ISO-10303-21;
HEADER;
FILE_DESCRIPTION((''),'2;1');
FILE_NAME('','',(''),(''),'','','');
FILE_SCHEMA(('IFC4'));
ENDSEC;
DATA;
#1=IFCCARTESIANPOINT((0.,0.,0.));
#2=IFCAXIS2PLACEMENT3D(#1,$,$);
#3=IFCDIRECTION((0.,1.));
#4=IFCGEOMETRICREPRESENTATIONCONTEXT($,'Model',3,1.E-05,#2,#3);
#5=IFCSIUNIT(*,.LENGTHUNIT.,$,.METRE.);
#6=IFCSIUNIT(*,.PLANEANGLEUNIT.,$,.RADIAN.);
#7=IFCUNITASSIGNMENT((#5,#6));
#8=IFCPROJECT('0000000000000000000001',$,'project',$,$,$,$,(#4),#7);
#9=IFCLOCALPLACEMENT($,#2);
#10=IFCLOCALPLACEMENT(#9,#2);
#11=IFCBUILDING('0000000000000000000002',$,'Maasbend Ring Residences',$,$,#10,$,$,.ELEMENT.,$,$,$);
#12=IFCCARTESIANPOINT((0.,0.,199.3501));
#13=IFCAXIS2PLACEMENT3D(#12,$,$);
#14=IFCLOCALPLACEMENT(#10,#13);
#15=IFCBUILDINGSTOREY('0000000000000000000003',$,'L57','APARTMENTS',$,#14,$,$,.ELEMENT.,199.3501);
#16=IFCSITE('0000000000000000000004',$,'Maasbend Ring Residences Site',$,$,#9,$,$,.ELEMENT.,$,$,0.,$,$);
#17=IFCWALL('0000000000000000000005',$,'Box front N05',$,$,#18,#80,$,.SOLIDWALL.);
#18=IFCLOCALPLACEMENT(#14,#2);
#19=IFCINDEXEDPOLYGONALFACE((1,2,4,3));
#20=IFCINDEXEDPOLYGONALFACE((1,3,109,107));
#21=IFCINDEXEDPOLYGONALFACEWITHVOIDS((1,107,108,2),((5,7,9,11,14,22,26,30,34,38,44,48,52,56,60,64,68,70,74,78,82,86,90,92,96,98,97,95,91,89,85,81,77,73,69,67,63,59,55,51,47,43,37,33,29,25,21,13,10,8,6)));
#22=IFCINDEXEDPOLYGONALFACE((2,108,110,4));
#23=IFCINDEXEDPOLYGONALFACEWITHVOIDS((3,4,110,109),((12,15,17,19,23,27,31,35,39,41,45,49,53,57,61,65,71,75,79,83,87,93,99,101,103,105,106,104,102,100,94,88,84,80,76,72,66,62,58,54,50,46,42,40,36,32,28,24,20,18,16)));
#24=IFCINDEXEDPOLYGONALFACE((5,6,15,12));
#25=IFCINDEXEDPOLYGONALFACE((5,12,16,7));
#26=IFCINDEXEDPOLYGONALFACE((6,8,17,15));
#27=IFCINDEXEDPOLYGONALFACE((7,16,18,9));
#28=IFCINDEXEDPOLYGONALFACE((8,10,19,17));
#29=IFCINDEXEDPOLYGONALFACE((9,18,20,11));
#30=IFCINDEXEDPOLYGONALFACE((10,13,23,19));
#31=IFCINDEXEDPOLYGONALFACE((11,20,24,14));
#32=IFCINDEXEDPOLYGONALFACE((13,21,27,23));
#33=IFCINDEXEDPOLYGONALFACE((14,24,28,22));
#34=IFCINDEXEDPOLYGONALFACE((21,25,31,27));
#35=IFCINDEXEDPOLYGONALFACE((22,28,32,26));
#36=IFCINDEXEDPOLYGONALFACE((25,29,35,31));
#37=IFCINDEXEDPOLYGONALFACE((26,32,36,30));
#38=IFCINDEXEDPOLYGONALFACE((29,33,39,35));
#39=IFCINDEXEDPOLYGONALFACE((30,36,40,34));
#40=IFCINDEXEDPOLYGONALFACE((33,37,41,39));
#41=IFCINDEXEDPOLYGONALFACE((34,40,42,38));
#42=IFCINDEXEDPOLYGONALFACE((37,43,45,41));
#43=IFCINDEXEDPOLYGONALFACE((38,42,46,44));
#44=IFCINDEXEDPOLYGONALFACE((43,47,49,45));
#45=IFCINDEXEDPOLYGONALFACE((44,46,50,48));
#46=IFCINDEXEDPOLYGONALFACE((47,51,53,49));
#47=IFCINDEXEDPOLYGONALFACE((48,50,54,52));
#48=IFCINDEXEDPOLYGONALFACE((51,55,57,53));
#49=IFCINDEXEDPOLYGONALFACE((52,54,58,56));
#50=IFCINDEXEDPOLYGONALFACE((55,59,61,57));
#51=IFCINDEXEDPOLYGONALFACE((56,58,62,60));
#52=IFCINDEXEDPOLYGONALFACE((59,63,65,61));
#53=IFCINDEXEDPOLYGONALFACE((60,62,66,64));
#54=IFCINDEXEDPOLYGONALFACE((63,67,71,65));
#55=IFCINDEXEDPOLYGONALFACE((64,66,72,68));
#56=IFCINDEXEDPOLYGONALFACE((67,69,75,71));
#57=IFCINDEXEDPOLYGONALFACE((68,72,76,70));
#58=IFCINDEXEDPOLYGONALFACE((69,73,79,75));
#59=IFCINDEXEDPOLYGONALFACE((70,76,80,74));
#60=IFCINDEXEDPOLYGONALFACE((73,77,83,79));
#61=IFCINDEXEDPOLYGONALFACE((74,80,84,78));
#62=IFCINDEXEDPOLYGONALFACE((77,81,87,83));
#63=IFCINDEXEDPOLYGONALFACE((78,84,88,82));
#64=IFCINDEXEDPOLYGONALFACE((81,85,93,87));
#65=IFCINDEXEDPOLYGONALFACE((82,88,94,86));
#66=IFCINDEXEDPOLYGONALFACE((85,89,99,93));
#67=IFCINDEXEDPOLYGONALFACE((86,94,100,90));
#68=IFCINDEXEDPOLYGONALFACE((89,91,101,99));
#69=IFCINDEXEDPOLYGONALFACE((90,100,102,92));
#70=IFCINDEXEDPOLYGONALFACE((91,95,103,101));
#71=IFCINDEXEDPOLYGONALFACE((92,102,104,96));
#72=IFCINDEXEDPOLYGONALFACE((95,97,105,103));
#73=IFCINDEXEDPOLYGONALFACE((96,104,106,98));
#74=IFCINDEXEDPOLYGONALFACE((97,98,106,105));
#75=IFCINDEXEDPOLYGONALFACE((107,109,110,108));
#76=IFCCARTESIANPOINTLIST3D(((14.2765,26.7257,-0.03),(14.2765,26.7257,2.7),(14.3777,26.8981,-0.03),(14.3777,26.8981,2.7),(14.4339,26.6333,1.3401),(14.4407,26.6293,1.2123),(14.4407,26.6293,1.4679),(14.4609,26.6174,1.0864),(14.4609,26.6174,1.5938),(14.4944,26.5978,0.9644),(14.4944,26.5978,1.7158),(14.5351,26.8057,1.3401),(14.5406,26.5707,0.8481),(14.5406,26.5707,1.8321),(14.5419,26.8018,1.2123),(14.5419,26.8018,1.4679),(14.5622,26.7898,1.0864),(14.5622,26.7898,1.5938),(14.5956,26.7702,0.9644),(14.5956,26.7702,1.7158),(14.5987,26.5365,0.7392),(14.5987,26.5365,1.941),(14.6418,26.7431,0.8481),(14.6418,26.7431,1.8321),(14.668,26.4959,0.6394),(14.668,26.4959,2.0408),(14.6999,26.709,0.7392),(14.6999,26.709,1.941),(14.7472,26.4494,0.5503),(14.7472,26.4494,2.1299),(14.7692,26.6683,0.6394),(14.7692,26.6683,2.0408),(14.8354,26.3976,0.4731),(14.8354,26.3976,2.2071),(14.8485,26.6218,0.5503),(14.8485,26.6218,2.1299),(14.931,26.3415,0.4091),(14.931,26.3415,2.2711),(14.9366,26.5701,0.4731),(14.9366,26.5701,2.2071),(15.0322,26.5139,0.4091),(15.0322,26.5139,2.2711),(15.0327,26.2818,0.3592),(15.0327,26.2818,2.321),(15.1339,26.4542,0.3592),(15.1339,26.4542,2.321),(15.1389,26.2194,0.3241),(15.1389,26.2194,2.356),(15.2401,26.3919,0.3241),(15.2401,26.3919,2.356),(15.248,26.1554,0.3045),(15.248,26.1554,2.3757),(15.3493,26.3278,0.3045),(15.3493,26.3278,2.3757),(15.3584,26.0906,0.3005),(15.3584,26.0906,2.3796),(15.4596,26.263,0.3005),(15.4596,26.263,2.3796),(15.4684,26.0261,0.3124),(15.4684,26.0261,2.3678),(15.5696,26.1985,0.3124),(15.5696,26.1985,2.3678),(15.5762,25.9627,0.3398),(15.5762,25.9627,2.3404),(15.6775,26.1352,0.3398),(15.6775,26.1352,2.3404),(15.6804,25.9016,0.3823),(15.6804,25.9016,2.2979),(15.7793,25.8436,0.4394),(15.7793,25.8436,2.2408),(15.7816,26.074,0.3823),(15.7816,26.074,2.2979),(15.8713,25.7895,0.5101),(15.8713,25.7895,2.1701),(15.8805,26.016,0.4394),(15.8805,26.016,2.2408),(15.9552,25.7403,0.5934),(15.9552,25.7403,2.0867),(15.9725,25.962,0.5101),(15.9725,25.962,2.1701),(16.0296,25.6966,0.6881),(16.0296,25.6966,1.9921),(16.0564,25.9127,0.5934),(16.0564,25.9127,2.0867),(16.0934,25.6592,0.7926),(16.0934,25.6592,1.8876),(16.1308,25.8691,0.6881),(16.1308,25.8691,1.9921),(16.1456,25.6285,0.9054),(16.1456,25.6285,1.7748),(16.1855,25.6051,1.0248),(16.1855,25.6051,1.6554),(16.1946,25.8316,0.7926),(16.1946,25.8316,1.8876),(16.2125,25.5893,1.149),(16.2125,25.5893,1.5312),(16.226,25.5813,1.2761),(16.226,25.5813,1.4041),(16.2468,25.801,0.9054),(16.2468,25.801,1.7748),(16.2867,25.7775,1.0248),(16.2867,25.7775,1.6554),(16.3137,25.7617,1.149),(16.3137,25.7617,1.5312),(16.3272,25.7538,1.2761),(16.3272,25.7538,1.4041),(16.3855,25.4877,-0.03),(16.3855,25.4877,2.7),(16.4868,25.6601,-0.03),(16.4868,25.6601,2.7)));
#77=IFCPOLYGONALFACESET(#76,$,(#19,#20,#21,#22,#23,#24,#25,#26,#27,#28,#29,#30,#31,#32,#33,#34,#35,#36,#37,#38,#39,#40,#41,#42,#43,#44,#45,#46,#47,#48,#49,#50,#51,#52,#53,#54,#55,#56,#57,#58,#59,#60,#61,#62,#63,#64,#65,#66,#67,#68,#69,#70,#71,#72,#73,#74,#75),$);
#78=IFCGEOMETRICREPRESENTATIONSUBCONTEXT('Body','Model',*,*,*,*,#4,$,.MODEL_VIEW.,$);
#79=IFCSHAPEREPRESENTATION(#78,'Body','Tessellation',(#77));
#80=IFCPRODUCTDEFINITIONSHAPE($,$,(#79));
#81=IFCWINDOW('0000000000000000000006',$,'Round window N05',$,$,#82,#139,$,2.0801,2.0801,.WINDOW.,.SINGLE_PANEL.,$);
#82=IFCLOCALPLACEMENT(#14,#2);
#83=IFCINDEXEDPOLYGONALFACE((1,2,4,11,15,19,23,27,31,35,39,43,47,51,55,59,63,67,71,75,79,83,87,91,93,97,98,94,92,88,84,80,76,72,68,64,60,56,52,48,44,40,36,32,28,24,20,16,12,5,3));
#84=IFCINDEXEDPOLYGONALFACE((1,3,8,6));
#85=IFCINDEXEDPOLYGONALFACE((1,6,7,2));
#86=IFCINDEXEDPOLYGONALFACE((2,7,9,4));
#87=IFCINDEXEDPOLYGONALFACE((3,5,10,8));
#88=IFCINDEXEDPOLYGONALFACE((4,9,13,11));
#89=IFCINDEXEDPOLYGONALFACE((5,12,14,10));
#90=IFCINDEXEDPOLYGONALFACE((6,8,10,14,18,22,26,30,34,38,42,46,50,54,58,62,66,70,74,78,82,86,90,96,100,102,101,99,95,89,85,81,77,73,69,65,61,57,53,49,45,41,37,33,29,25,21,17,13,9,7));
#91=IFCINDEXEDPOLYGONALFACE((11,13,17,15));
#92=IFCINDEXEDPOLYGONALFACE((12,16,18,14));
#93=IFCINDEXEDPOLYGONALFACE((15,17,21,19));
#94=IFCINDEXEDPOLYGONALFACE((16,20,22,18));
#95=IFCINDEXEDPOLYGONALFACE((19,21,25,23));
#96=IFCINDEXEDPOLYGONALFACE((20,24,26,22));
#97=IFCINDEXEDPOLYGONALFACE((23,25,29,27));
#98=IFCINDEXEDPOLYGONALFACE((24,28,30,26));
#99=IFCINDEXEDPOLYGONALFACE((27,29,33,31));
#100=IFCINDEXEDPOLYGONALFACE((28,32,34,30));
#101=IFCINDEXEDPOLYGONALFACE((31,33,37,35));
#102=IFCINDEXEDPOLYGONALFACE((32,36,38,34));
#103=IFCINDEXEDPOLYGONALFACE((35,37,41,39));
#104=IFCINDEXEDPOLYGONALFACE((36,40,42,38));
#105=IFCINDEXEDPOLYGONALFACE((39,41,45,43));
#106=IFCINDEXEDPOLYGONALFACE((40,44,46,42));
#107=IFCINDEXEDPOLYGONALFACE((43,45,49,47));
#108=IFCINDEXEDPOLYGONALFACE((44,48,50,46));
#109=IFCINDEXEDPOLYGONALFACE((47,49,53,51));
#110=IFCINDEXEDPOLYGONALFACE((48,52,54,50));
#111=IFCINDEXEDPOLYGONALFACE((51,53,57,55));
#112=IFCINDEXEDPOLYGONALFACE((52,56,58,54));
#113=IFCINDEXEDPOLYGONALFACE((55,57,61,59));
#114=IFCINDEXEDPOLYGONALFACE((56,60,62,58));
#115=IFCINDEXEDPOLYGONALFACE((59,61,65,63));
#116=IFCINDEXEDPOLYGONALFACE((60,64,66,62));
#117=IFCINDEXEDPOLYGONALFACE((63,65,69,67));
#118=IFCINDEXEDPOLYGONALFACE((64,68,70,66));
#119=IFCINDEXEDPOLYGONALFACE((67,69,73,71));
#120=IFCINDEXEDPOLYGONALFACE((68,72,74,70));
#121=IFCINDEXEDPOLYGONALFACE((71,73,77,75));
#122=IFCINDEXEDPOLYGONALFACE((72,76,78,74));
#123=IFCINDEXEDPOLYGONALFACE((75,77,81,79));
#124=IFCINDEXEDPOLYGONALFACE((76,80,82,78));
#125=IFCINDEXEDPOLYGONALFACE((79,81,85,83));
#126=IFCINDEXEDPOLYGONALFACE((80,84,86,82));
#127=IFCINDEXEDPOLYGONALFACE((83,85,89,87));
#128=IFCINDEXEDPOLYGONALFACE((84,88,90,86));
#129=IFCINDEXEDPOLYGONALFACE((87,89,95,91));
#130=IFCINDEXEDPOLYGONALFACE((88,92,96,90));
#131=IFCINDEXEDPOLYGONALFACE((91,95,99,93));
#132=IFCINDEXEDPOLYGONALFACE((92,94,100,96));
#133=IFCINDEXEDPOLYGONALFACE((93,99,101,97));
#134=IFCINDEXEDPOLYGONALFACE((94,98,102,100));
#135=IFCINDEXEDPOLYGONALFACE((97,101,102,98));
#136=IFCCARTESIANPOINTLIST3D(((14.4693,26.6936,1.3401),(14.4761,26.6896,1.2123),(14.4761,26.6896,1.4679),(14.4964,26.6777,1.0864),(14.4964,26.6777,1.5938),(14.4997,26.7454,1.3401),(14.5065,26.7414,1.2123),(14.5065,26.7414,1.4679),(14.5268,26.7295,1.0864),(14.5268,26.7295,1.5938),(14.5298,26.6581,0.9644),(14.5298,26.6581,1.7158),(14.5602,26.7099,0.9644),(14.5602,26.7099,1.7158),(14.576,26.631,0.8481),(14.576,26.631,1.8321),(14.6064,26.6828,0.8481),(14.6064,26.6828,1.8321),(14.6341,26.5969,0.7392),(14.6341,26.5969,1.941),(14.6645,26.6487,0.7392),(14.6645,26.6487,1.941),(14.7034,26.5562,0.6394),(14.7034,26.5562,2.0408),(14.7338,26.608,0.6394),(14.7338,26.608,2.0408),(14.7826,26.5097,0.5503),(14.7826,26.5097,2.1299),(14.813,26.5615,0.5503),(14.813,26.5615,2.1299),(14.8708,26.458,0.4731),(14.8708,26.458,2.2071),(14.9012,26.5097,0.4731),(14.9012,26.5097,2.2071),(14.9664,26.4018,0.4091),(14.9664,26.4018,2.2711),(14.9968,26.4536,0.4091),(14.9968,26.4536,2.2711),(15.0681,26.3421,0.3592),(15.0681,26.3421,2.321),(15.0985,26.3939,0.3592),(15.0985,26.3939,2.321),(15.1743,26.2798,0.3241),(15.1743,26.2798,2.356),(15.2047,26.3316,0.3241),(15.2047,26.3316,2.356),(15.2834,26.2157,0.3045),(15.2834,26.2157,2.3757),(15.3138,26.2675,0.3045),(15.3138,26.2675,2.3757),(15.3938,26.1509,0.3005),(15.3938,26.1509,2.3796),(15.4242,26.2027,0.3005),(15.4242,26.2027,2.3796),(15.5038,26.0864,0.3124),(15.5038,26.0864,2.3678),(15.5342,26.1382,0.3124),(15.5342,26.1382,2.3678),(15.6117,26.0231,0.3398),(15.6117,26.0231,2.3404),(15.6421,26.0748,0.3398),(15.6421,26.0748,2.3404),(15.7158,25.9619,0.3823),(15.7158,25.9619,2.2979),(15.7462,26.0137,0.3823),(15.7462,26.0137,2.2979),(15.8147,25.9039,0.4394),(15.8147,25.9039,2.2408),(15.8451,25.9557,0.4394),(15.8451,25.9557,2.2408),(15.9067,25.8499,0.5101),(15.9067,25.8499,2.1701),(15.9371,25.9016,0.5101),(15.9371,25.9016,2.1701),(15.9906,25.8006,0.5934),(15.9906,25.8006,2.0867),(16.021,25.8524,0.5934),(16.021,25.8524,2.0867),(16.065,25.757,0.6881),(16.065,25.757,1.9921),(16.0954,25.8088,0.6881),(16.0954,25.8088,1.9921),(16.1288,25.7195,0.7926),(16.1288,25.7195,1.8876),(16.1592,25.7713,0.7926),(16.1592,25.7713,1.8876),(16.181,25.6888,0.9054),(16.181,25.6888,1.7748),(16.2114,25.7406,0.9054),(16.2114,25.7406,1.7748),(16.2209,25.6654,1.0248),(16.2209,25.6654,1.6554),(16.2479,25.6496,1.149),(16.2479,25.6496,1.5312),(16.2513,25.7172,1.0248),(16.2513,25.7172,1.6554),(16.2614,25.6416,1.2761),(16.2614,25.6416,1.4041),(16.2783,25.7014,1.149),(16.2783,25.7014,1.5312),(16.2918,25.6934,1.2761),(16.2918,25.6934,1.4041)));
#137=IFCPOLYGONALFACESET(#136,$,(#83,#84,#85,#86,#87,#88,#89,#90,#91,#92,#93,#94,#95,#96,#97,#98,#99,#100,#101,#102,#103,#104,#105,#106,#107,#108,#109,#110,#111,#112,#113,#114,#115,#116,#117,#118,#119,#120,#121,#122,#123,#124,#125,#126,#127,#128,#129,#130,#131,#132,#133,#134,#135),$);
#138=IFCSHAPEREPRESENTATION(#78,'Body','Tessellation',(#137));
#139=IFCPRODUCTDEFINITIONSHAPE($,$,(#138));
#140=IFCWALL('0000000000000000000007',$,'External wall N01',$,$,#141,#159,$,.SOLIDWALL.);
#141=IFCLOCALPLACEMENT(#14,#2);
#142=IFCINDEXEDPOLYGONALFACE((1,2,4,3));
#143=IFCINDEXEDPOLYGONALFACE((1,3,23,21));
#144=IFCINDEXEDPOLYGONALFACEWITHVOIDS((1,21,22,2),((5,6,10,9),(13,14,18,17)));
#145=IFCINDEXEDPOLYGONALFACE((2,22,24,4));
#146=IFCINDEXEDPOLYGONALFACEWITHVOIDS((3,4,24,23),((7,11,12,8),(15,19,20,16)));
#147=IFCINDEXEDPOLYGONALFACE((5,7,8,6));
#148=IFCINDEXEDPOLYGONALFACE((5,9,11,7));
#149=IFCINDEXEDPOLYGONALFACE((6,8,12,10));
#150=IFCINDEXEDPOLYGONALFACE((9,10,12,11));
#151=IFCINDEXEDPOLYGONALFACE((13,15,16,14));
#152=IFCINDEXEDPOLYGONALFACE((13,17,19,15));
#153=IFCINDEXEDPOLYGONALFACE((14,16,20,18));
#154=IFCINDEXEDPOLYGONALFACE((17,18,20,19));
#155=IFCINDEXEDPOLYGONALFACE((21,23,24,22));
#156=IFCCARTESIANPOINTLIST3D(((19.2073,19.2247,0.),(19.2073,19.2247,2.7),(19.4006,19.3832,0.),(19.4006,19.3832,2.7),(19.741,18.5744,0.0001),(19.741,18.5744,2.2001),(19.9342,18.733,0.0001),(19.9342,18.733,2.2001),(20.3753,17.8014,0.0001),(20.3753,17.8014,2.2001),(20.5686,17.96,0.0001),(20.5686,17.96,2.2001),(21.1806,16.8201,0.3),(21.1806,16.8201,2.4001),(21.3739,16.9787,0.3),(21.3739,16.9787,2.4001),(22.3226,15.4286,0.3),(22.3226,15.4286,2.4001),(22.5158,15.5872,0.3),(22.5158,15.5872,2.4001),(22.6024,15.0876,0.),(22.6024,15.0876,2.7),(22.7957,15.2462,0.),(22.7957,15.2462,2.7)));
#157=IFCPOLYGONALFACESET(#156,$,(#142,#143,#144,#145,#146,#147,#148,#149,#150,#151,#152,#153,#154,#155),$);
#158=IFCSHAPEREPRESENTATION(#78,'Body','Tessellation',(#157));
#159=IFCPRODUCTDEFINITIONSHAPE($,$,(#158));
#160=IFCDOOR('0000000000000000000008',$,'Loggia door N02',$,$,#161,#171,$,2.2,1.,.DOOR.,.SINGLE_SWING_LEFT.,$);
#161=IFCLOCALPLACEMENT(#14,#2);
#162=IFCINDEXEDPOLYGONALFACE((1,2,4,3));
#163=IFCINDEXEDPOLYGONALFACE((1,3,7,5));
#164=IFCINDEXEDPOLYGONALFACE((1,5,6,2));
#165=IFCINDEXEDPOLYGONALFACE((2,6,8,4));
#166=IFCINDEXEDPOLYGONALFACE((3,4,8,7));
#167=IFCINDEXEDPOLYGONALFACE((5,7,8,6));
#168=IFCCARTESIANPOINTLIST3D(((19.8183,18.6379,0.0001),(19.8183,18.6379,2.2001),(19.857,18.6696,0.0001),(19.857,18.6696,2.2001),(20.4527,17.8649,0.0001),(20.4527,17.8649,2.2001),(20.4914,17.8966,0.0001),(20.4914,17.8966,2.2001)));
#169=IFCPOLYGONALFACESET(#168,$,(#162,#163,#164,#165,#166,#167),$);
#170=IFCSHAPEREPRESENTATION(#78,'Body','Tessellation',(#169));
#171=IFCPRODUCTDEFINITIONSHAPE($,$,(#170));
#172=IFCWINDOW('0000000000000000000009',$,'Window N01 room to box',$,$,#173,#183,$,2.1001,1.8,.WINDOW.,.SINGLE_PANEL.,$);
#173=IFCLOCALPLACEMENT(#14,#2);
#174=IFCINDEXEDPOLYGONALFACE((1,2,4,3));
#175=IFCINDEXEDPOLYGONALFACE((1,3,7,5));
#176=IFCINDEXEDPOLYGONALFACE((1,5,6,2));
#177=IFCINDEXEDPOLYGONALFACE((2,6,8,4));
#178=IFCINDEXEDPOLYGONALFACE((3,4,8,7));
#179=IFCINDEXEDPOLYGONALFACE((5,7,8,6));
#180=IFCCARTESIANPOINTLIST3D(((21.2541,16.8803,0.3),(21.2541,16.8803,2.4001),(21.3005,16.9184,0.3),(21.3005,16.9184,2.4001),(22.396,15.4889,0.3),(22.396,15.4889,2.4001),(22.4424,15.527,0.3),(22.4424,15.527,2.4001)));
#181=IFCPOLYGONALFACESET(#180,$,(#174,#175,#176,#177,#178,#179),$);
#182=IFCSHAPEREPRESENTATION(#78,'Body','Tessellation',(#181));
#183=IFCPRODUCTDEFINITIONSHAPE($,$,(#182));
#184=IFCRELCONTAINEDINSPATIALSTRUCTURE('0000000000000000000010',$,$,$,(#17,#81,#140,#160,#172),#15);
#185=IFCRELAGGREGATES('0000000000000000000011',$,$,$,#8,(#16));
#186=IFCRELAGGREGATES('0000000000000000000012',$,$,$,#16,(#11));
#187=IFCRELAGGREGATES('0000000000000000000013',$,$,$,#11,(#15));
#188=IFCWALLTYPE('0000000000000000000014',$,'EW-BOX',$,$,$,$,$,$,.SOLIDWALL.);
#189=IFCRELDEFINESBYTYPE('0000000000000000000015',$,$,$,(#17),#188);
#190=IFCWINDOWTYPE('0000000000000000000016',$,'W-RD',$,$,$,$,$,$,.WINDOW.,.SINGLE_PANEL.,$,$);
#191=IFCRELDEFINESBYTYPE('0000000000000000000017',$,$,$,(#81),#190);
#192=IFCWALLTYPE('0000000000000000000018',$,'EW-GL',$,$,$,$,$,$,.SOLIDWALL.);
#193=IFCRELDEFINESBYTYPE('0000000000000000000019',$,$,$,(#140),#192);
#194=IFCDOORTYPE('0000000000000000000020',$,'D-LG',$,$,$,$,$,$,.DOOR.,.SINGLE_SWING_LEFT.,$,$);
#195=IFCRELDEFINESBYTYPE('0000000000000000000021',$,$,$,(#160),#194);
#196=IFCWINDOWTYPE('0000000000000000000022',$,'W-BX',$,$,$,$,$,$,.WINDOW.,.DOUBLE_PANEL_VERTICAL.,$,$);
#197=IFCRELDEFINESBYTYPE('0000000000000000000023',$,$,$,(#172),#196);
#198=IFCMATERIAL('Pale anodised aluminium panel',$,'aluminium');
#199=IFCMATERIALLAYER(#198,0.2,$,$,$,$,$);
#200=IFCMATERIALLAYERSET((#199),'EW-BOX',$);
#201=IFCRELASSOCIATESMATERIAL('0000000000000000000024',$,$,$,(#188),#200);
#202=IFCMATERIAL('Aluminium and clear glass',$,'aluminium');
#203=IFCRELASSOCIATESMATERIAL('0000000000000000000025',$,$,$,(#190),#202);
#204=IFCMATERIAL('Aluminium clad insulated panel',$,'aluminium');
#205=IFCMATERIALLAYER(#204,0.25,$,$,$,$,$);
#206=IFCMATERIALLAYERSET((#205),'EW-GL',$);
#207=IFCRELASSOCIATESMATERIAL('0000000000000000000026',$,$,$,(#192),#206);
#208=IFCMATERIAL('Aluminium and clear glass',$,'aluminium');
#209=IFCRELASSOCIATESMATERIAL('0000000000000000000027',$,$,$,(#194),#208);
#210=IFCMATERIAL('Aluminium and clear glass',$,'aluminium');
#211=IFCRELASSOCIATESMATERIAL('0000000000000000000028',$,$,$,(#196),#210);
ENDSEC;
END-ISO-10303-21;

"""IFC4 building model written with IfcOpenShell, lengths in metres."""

from ifc_helpers import new_model, si_unit, direction, frame, frame_2d, origin, place, context, subcontext, project, spatial, rectangle, circle, extrude, material, layer, layer_set, type_object, element, fill, save


model = new_model("IFC4")

# Units and contexts
model_context = context("Model", 3, precision=1e-05, world=origin(), true_north=direction((0.0, 1.0)))
body_context = subcontext(model_context, "Body", "Model", "MODEL_VIEW")
ifc_project = project(units=[si_unit("LENGTHUNIT", "METRE"), si_unit("PLANEANGLEUNIT", "RADIAN")], contexts=[model_context])

# Site, building, storey
site_placement = place(None, origin())
site = spatial("IfcSite", under=ifc_project, at=site_placement, Name="Maasbend Ring Residences Site", CompositionType="ELEMENT", RefElevation=0.0)
building_placement = place(site_placement, origin())
building = spatial("IfcBuilding", under=site, at=building_placement, Name="Maasbend Ring Residences", CompositionType="ELEMENT")
storey_placement = place(building_placement, frame((0.0, 0.0, 199.3501)))
storey = spatial("IfcBuildingStorey", under=building, at=storey_placement, Name="L57", Description="APARTMENTS", CompositionType="ELEMENT", Elevation=199.3501)

# Shared definitions
ifc_material_1 = material(Name="Pale anodised aluminium panel", Category="aluminium")
ifc_layer_1 = layer(ifc_material_1, 0.2)
ifc_layer_set_1 = layer_set([ifc_layer_1], Name="EW-BOX")
wall_type_1 = type_object("IfcWallType", Name="EW-BOX", PredefinedType="SOLIDWALL", material=ifc_layer_set_1)
ifc_material_2 = material(Name="Aluminium and clear glass", Category="aluminium")
window_type_1 = type_object("IfcWindowType", Name="W-RD", PartitioningType="SINGLE_PANEL", PredefinedType="WINDOW", material=ifc_material_2)

# Wall, opening, window
wall_1_placement = place(storey_placement, frame((16.436, 25.574, -0.03), z_axis=(0.0, 0.0, 1.0), x_axis=(-0.862403, 0.506222, 0.0)))
wall_1 = element("IfcWall", 1, at=wall_1_placement, inside=storey, type_object=wall_type_1, Name="Box front N05", PredefinedType="SOLIDWALL", context=body_context, shape_type="SweptSolid", body=[
    extrude(rectangle(XDim=2.4456, YDim=0.2, at=frame_2d((1.2227, 0.0))), origin(), (0.0, 0.0, 1.0), 2.73),
])
opening_1_placement = place(wall_1_placement, frame((0.1829, 0.0, 0.3301)))
opening_1 = element("IfcOpeningElement", 2, at=opening_1_placement, cuts=wall_1, PredefinedType="OPENING", context=body_context, shape_type="SweptSolid", body=[
    extrude(circle(Radius=1.04, at=frame_2d((1.04, 1.04))), frame((0.0, 0.1099, 0.0), z_axis=(0.0, -1.0, 0.0), x_axis=(1.0, 0.0, 0.0)), (0.0, 0.0, 1.0), 0.22),
])
window_1_placement = place(opening_1_placement, origin())
window_1 = element("IfcWindow", 3, at=window_1_placement, inside=storey, type_object=window_type_1, Name="Round window N05", OverallHeight=2.0801, OverallWidth=2.0801, PartitioningType="SINGLE_PANEL", PredefinedType="WINDOW", context=body_context, shape_type="SweptSolid", body=[
    extrude(circle(Radius=1.04, at=frame_2d((1.04, 1.04))), frame((0.0, 0.03, 0.0), z_axis=(0.0, -1.0, 0.0), x_axis=(1.0, 0.0, 0.0)), (0.0, 0.0, 1.0), 0.0601),
])
fill(opening_1, window_1)

# Wall, openings, door, window
ifc_material_3 = material(Name="Aluminium clad insulated panel", Category="aluminium")
ifc_layer_2 = layer(ifc_material_3, 0.25)
ifc_layer_set_2 = layer_set([ifc_layer_2], Name="EW-GL")
wall_type_2 = type_object("IfcWallType", Name="EW-GL", PredefinedType="SOLIDWALL", material=ifc_layer_set_2)
wall_2_placement = place(storey_placement, frame((22.699, 15.167, 0.0), z_axis=(0.0, 0.0, 1.0), x_axis=(-0.634382, 0.773019, 0.0)))
wall_2 = element("IfcWall", 4, at=wall_2_placement, inside=storey, type_object=wall_type_2, Name="External wall N01", PredefinedType="SOLIDWALL", context=body_context, shape_type="SweptSolid", body=[
    extrude(rectangle(XDim=5.3518, YDim=0.25, at=frame_2d((2.6758, 0.0))), origin(), (0.0, 0.0, 1.0), 2.7),
])
opening_2_placement = place(wall_2_placement, frame((0.4412, 0.0, 0.3)))
opening_2 = element("IfcOpeningElement", 5, at=opening_2_placement, cuts=wall_2, PredefinedType="OPENING", context=body_context, shape_type="SweptSolid", body=[
    extrude(rectangle(XDim=1.8, YDim=2.1001, at=frame_2d((0.8999, 1.05))), frame((0.0, 0.135, 0.0), z_axis=(0.0, -1.0, 0.0), x_axis=(1.0, 0.0, 0.0)), (0.0, 0.0, 1.0), 0.27),
])
opening_3_placement = place(wall_2_placement, frame((3.5105, 0.0, 0.0)))
opening_3 = element("IfcOpeningElement", 6, at=opening_3_placement, cuts=wall_2, PredefinedType="OPENING", context=body_context, shape_type="SweptSolid", body=[
    extrude(rectangle(XDim=1.0, YDim=2.2, at=frame_2d((0.5, 1.1001))), frame((0.0, 0.135, 0.0), z_axis=(0.0, -1.0, 0.0), x_axis=(1.0, 0.0, 0.0)), (0.0, 0.0, 1.0), 0.27),
])
ifc_material_4 = material(Name="Aluminium and clear glass", Category="aluminium")
door_type = type_object("IfcDoorType", Name="D-LG", OperationType="SINGLE_SWING_LEFT", PredefinedType="DOOR", material=ifc_material_4)
door_1_placement = place(opening_3_placement, origin())
door_1 = element("IfcDoor", 7, at=door_1_placement, inside=storey, type_object=door_type, Name="Loggia door N02", OperationType="SINGLE_SWING_LEFT", OverallHeight=2.2, OverallWidth=1.0, PredefinedType="DOOR", context=body_context, shape_type="SweptSolid", body=[
    extrude(rectangle(XDim=1.0, YDim=2.2, at=frame_2d((0.5, 1.1001))), frame((0.0, 0.0249, 0.0), z_axis=(0.0, -1.0, 0.0), x_axis=(1.0, 0.0, 0.0)), (0.0, 0.0, 1.0), 0.05),
])
fill(opening_3, door_1)
ifc_material_5 = material(Name="Aluminium and clear glass", Category="aluminium")
window_type_2 = type_object("IfcWindowType", Name="W-BX", PartitioningType="DOUBLE_PANEL_VERTICAL", PredefinedType="WINDOW", material=ifc_material_5)
window_2_placement = place(opening_2_placement, origin())
window_2 = element("IfcWindow", 8, at=window_2_placement, inside=storey, type_object=window_type_2, Name="Window N01 room to box", OverallHeight=2.1001, OverallWidth=1.8, PartitioningType="SINGLE_PANEL", PredefinedType="WINDOW", context=body_context, shape_type="SweptSolid", body=[
    extrude(rectangle(XDim=1.8, YDim=2.1001, at=frame_2d((0.8999, 1.05))), frame((0.0, 0.03, 0.0), z_axis=(0.0, -1.0, 0.0), x_axis=(1.0, 0.0, 0.0)), (0.0, 0.0, 1.0), 0.0601),
])
fill(opening_2, window_2)

save(model, "model.ifc")
